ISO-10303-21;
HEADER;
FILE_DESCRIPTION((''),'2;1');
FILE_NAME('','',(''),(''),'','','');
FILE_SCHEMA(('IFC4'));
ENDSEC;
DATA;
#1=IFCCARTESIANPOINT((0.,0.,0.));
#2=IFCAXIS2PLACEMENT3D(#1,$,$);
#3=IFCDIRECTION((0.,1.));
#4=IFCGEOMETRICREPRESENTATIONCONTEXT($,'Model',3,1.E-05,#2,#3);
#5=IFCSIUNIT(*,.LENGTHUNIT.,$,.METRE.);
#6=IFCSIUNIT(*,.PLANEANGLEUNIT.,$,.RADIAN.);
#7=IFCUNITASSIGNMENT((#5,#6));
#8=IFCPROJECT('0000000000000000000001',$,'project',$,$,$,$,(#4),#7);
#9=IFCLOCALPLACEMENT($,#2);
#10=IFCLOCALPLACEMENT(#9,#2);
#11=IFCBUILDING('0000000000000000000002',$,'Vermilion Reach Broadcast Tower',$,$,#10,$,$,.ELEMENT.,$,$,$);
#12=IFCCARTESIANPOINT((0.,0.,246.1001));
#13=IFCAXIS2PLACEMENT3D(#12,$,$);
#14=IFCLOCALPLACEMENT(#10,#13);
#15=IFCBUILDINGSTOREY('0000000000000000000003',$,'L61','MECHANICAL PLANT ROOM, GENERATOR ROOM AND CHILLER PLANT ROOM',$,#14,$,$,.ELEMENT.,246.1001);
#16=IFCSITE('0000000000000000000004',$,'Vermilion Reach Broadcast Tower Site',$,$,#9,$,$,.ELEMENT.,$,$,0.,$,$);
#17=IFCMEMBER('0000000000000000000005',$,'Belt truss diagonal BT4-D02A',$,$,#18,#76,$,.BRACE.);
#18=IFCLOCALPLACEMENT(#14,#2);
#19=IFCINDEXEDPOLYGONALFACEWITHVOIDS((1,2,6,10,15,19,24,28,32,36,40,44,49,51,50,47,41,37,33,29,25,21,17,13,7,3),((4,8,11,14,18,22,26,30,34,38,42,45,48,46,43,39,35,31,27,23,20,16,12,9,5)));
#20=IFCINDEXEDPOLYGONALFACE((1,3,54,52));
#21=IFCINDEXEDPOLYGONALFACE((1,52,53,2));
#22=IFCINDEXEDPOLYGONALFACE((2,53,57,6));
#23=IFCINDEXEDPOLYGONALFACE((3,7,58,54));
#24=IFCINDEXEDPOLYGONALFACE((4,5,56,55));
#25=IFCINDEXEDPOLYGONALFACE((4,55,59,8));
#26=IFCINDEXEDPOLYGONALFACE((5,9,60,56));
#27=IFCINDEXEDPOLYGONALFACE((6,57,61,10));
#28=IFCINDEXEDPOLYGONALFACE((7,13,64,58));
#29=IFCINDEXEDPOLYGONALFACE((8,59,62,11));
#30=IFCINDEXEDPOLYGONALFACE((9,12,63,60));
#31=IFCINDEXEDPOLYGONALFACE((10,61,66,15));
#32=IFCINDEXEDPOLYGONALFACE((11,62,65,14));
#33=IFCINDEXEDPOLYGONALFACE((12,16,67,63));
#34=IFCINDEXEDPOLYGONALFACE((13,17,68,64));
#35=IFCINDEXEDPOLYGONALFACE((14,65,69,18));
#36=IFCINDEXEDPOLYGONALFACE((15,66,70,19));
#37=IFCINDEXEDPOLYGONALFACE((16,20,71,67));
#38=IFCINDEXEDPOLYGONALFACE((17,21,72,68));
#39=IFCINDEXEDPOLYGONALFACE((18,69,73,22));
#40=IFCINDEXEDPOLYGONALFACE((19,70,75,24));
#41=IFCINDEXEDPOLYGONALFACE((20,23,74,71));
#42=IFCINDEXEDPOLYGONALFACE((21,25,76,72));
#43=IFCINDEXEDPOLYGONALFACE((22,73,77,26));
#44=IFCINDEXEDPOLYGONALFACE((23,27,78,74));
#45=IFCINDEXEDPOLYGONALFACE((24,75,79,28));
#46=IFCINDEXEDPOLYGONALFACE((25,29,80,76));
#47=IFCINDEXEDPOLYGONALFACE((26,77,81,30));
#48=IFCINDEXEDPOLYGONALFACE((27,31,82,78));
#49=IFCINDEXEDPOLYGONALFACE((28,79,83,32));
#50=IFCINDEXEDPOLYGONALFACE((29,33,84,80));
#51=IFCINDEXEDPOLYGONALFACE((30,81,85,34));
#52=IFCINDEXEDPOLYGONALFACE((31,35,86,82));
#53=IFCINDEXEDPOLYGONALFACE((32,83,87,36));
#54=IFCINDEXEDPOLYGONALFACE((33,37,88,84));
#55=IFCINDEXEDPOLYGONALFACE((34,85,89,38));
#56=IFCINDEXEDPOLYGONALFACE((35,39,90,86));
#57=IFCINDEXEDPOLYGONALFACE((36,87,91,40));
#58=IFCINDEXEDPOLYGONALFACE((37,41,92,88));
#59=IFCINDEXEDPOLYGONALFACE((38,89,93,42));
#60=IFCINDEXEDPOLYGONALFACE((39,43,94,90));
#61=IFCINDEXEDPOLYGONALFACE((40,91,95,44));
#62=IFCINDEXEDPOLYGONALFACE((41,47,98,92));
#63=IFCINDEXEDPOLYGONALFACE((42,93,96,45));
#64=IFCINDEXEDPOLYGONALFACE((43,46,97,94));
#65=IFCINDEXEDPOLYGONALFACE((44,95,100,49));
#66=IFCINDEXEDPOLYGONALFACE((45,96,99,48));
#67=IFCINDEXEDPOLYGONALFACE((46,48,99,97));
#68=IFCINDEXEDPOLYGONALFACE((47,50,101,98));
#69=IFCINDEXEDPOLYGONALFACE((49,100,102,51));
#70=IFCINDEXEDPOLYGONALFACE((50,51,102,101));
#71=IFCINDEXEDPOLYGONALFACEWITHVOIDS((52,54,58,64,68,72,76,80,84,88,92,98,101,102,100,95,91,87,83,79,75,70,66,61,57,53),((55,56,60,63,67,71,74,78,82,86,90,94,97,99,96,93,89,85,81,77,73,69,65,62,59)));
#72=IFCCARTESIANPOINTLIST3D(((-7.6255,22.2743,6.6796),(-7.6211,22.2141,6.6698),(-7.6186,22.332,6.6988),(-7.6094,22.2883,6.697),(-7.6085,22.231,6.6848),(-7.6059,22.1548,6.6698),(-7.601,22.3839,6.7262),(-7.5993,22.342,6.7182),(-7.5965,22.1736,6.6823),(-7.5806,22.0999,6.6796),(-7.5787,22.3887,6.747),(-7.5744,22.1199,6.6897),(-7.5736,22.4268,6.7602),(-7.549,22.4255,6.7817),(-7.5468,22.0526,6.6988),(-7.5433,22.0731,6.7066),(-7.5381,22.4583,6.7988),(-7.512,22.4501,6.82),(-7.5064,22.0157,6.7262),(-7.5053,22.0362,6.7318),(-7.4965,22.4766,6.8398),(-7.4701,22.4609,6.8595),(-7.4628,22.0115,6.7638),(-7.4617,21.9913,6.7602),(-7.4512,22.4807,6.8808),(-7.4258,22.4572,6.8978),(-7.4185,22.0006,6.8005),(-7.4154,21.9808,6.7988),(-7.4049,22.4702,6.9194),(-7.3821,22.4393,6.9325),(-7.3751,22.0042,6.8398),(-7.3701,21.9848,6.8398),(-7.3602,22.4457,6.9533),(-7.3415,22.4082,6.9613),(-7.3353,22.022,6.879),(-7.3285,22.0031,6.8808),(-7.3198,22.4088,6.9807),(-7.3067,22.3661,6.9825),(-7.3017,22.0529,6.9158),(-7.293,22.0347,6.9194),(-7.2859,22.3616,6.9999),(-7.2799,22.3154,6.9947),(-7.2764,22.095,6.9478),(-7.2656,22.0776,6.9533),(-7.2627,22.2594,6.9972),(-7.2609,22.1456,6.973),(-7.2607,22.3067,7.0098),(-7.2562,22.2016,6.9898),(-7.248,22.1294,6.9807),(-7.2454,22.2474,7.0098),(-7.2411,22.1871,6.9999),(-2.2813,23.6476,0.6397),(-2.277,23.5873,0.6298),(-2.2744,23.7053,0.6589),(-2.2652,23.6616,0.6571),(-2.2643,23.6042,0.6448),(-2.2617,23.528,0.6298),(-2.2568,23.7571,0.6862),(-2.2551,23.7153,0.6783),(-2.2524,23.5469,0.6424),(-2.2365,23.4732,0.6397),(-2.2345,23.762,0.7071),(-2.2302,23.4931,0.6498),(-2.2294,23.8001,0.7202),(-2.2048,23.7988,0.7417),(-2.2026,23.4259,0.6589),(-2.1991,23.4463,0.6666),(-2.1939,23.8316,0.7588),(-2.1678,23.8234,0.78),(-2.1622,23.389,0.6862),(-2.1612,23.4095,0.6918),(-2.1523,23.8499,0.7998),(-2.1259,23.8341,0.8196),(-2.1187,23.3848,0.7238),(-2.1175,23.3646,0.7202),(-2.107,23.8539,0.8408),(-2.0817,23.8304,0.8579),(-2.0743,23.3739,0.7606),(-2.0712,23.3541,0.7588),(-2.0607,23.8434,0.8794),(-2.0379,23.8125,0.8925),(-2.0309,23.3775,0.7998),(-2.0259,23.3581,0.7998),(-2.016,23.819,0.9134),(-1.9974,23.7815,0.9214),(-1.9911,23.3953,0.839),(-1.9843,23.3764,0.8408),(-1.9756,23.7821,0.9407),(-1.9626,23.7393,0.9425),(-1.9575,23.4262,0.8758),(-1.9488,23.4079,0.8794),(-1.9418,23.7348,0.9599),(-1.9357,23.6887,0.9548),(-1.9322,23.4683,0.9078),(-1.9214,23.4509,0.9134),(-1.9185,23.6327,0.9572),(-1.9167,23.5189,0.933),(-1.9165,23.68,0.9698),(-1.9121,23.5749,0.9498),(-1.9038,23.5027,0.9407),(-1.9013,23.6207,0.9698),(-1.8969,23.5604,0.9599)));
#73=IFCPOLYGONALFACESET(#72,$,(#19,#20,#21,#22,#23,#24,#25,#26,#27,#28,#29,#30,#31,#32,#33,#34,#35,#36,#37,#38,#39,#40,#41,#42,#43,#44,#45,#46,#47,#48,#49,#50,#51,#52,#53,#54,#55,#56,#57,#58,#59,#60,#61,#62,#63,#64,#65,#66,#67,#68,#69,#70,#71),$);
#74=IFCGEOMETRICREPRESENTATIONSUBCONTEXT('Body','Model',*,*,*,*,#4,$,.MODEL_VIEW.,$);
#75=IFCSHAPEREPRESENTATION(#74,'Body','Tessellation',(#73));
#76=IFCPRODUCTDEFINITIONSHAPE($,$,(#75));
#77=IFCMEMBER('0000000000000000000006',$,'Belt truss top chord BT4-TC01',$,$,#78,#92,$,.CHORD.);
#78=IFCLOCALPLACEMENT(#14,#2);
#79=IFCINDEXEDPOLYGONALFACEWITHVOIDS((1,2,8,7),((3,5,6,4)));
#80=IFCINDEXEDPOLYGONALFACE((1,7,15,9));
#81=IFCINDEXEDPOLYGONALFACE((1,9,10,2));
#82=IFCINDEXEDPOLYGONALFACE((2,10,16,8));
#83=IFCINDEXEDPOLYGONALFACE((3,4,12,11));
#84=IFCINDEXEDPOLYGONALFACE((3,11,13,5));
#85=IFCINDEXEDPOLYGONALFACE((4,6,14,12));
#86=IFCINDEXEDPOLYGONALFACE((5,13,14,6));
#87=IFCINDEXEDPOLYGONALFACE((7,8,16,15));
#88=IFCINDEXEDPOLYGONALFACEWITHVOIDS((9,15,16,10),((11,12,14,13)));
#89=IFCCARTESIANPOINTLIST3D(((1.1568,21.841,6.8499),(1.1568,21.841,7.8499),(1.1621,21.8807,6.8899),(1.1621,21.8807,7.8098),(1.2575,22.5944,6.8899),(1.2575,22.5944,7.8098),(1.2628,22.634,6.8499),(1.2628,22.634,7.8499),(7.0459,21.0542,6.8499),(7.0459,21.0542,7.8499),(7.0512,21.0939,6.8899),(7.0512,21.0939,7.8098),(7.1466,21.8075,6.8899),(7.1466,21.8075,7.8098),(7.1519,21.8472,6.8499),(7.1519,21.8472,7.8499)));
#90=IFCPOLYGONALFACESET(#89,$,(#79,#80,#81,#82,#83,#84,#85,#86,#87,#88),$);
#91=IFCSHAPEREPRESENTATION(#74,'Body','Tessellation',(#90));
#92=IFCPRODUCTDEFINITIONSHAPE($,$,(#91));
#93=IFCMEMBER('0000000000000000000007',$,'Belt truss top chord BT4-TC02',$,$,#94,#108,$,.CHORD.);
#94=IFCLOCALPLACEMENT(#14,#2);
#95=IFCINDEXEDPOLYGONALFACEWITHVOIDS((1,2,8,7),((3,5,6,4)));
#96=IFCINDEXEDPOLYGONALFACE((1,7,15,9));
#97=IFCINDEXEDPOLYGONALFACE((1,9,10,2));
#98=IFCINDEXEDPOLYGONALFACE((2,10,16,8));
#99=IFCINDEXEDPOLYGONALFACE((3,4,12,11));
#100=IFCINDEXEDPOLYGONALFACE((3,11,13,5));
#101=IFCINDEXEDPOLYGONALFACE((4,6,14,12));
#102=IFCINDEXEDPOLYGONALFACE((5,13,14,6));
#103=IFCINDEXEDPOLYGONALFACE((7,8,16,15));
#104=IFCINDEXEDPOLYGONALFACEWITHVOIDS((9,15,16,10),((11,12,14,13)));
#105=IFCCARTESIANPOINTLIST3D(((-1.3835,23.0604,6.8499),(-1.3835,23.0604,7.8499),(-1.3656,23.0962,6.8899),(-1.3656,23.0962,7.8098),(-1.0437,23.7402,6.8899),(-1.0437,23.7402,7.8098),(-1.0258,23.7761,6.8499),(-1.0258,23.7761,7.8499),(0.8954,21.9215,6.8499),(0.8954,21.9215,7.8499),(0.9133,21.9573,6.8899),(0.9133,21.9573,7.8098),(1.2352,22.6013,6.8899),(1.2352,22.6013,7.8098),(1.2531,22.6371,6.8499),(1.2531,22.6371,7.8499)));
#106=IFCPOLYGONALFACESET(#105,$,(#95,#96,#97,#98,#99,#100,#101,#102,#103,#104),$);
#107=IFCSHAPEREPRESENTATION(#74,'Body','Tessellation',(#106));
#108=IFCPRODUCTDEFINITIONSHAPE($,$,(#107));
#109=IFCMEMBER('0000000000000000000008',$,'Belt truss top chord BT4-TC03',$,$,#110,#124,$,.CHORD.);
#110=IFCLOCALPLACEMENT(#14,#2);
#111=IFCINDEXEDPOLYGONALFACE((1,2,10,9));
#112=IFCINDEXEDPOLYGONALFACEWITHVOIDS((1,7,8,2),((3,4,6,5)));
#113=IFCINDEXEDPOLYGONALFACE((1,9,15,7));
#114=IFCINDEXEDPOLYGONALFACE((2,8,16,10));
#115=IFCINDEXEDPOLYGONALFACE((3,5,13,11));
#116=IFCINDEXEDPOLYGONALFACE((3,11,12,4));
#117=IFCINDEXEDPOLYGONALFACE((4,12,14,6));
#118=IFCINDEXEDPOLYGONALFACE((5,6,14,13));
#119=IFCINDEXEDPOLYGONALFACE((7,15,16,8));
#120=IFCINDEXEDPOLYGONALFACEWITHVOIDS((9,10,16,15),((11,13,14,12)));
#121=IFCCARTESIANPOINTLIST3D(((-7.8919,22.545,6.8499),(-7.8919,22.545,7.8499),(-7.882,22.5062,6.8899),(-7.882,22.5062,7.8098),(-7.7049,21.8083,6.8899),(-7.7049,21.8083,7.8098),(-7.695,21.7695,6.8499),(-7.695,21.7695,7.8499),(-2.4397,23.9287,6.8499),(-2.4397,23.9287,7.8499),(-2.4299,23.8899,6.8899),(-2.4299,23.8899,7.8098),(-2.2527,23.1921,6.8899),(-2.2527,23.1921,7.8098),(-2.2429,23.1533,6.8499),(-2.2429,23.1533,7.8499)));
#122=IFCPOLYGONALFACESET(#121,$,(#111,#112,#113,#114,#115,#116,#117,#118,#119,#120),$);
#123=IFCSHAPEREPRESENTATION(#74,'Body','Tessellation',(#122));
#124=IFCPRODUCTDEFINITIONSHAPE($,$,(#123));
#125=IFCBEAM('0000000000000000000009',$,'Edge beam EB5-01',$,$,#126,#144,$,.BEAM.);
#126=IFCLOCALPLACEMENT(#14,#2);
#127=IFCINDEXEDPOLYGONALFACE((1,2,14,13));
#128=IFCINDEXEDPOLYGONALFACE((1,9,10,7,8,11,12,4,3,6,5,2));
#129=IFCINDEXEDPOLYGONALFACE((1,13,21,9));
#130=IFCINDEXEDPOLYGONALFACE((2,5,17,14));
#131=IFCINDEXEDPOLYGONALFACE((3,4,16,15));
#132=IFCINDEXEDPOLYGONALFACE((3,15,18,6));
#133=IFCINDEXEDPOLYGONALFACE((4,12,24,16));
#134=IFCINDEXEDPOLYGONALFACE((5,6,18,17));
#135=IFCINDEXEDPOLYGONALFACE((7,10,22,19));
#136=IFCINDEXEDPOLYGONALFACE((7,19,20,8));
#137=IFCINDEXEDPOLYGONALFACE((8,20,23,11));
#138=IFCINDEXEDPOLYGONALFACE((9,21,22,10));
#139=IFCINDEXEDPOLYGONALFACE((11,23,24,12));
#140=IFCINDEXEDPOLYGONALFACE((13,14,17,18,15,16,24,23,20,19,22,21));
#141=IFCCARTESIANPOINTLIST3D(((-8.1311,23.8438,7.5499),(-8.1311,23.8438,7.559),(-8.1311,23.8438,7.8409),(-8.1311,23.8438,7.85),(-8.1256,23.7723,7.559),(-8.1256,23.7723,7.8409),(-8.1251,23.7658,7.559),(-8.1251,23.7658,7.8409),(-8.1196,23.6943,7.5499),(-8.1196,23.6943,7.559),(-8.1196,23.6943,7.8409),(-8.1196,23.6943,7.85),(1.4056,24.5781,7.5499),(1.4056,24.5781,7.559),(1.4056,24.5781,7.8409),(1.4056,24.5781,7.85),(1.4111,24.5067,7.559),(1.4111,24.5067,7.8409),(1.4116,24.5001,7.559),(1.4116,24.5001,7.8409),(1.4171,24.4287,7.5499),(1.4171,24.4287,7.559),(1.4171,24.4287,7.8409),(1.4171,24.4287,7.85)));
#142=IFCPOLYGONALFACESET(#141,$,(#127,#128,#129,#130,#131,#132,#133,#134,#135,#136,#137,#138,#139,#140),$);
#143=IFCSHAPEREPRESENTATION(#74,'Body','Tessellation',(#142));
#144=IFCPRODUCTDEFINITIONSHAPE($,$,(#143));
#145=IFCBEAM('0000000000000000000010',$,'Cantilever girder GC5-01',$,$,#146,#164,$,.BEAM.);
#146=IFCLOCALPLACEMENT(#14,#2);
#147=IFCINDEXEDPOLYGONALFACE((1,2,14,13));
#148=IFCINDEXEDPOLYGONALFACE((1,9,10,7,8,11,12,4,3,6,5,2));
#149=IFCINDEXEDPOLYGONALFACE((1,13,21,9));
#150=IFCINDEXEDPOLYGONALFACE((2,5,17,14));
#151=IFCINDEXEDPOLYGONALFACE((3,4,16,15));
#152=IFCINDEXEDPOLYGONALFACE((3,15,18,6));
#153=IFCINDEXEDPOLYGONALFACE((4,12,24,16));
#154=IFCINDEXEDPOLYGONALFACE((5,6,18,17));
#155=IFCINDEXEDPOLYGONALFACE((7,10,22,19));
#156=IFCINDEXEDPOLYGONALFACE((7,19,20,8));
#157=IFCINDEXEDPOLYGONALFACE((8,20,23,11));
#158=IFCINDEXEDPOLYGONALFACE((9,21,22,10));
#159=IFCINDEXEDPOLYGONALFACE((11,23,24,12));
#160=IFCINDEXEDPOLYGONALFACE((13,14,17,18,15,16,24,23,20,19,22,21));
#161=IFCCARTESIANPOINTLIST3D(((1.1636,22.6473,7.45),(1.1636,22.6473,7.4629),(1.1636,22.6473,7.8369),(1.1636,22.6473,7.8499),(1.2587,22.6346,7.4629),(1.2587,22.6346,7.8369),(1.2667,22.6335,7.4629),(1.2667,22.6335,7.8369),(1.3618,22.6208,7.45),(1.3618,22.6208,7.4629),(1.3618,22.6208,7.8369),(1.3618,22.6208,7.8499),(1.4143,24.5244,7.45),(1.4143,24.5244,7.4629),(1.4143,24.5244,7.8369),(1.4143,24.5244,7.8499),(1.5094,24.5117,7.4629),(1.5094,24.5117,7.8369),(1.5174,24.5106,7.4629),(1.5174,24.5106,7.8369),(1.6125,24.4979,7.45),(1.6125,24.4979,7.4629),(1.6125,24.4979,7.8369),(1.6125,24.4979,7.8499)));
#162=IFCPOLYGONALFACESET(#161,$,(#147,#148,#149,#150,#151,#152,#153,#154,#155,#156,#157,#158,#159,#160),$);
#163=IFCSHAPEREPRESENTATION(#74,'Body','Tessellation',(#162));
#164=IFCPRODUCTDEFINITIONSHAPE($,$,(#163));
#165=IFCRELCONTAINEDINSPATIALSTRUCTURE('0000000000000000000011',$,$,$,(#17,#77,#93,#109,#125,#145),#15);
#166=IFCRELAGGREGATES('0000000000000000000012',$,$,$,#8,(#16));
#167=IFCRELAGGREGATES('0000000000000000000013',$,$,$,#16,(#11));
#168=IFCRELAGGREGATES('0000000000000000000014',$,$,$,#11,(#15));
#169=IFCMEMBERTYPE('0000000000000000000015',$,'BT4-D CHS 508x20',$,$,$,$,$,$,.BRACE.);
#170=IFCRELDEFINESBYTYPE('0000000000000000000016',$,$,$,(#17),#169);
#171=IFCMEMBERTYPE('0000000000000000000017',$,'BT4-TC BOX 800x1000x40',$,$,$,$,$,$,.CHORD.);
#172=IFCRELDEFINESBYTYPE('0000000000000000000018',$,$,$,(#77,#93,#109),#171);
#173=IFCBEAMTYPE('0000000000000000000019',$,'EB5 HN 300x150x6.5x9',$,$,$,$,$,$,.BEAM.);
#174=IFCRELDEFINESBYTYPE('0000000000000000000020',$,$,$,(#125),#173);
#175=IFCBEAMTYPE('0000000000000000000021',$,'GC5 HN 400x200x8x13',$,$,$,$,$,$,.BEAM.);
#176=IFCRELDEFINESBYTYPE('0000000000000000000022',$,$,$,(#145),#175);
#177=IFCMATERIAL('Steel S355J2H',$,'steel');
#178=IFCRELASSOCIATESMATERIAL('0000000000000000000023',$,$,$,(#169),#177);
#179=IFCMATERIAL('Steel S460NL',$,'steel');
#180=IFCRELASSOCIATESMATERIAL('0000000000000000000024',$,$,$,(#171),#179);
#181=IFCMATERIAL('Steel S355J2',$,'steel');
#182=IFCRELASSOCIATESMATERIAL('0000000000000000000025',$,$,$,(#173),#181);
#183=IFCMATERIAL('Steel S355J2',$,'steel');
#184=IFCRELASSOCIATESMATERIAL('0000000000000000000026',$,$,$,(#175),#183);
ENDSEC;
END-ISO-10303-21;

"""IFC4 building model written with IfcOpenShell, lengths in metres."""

from ifc_helpers import new_model, si_unit, direction, frame, origin, origin_2d, place, context, subcontext, project, spatial, hollow_rectangle, hollow_circle, i_section, extrude, material, material_profile, profile_set, type_object, element, save


model = new_model("IFC4")

# Units and contexts
model_context = context("Model", 3, precision=1e-05, world=origin(), true_north=direction((0.0, 1.0)))
body_context = subcontext(model_context, "Body", "Model", "MODEL_VIEW")
ifc_project = project(units=[si_unit("LENGTHUNIT", "METRE"), si_unit("PLANEANGLEUNIT", "RADIAN")], contexts=[model_context])

# Site, building, storey
site_placement = place(None, origin())
site = spatial("IfcSite", under=ifc_project, at=site_placement, Name="Vermilion Reach Broadcast Tower Site", CompositionType="ELEMENT", RefElevation=0.0)
building_placement = place(site_placement, origin())
building = spatial("IfcBuilding", under=site, at=building_placement, Name="Vermilion Reach Broadcast Tower", CompositionType="ELEMENT")
storey_placement = place(building_placement, frame((0.0, 0.0, 246.1001)))
storey = spatial("IfcBuildingStorey", under=building, at=storey_placement, Name="L61", Description="MECHANICAL PLANT ROOM, GENERATOR ROOM AND CHILLER PLANT ROOM", CompositionType="ELEMENT", Elevation=246.1001)

# Members
ifc_material_1 = material(Name="Steel S355J2H", Category="steel")
ifc_material_profile_1 = material_profile(ifc_material_1, hollow_circle(Radius=0.2539, WallThickness=0.02, at=origin_2d()), Name="S355J2H CHS 508x20")
ifc_profile_set_1 = profile_set([ifc_material_profile_1], Name="Steel S355J2H")
member_type_1 = type_object("IfcMemberType", Name="BT4-D CHS 508x20", PredefinedType="BRACE", material=ifc_profile_set_1)
member_1_placement = place(storey_placement, frame((-2.0891, 23.604, 0.7998), z_axis=(-0.653249, -0.167863, 0.7383), x_axis=(0.248881, -0.968534, 0.0)))
element("IfcMember", 1, at=member_1_placement, inside=storey, type_object=member_type_1, Name="Belt truss diagonal BT4-D02A", PredefinedType="BRACE", context=body_context, shape_type="SweptSolid", body=[
    extrude(hollow_circle(Radius=0.2539, WallThickness=0.02, at=origin_2d()), origin(), (0.0, 0.0, 1.0), 8.1809),
])
ifc_material_2 = material(Name="Steel S460NL", Category="steel")
ifc_material_profile_2 = material_profile(ifc_material_2, hollow_rectangle(XDim=0.8, YDim=1.0, WallThickness=0.04, at=origin_2d()), Name="S460NL BOX 800x1000x40")
ifc_profile_set_2 = profile_set([ifc_material_profile_2], Name="Steel S460NL")
member_type_2 = type_object("IfcMemberType", Name="BT4-TC BOX 800x1000x40", PredefinedType="CHORD", material=ifc_profile_set_2)
member_2_placement = place(storey_placement, frame((7.0989, 21.4507, 7.3499), z_axis=(-0.991192, 0.132436, 0.0), x_axis=(-0.132436, -0.991192, 0.0)))
element("IfcMember", 2, at=member_2_placement, inside=storey, type_object=member_type_2, Name="Belt truss top chord BT4-TC01", PredefinedType="CHORD", context=body_context, shape_type="SweptSolid", body=[
    extrude(hollow_rectangle(XDim=0.8, YDim=1.0, WallThickness=0.04, at=origin_2d()), origin(), (0.0, 0.0, 1.0), 5.9414),
])
member_3_placement = place(storey_placement, frame((1.0742, 22.2793, 7.3499), z_axis=(-0.894504, 0.44706, 0.0), x_axis=(-0.44706, -0.894504, 0.0)))
element("IfcMember", 3, at=member_3_placement, inside=storey, type_object=member_type_2, Name="Belt truss top chord BT4-TC02", PredefinedType="CHORD", context=body_context, shape_type="SweptSolid", body=[
    extrude(hollow_rectangle(XDim=0.8, YDim=1.0, WallThickness=0.04, at=origin_2d()), origin(), (0.0, 0.0, 1.0), 2.5476),
])
member_4_placement = place(storey_placement, frame((-2.3413, 23.541, 7.3499), z_axis=(-0.969268, -0.246006, 0.0), x_axis=(0.246006, -0.969268, 0.0)))
element("IfcMember", 4, at=member_4_placement, inside=storey, type_object=member_type_2, Name="Belt truss top chord BT4-TC03", PredefinedType="CHORD", context=body_context, shape_type="SweptSolid", body=[
    extrude(hollow_rectangle(XDim=0.8, YDim=1.0, WallThickness=0.04, at=origin_2d()), origin(), (0.0, 0.0, 1.0), 5.625),
])

# Beams
ifc_material_3 = material(Name="Steel S355J2", Category="steel")
ifc_material_profile_3 = material_profile(ifc_material_3, i_section(OverallWidth=0.1499, OverallDepth=0.3, WebThickness=0.0066, FlangeThickness=0.009, at=origin_2d()), Name="S355J2 HN 300x150x6.5x9")
ifc_profile_set_3 = profile_set([ifc_material_profile_3], Name="Steel S355J2")
beam_type_1 = type_object("IfcBeamType", Name="EB5 HN 300x150x6.5x9", PredefinedType="BEAM", material=ifc_profile_set_3)
beam_1_placement = place(storey_placement, frame((1.4114, 24.5034, 7.7), z_axis=(-0.997048, -0.076778, 0.0), x_axis=(0.076778, -0.997048, 0.0)))
element("IfcBeam", 5, at=beam_1_placement, inside=storey, type_object=beam_type_1, Name="Edge beam EB5-01", PredefinedType="BEAM", context=body_context, shape_type="SweptSolid", body=[
    extrude(i_section(OverallWidth=0.1499, OverallDepth=0.3, WebThickness=0.0066, FlangeThickness=0.009, at=origin_2d()), origin(), (0.0, 0.0, 1.0), 9.5649),
])
ifc_material_4 = material(Name="Steel S355J2", Category="steel")
ifc_material_profile_4 = material_profile(ifc_material_4, i_section(OverallWidth=0.2, OverallDepth=0.3999, WebThickness=0.0081, FlangeThickness=0.0129, at=origin_2d()), Name="S355J2 HN 400x200x8x13")
ifc_profile_set_4 = profile_set([ifc_material_profile_4], Name="Steel S355J2")
beam_type_2 = type_object("IfcBeamType", Name="GC5 HN 400x200x8x13", PredefinedType="BEAM", material=ifc_profile_set_4)
beam_2_placement = place(storey_placement, frame((1.2627, 22.634, 7.6499), z_axis=(0.132392, 0.991197, 0.0), x_axis=(-0.991197, 0.132392, 0.0)))
element("IfcBeam", 6, at=beam_2_placement, inside=storey, type_object=beam_type_2, Name="Cantilever girder GC5-01", PredefinedType="BEAM", context=body_context, shape_type="SweptSolid", body=[
    extrude(i_section(OverallWidth=0.2, OverallDepth=0.3999, WebThickness=0.0081, FlangeThickness=0.0129, at=origin_2d()), origin(), (0.0, 0.0, 1.0), 1.8938),
])

save(model, "model.ifc")
